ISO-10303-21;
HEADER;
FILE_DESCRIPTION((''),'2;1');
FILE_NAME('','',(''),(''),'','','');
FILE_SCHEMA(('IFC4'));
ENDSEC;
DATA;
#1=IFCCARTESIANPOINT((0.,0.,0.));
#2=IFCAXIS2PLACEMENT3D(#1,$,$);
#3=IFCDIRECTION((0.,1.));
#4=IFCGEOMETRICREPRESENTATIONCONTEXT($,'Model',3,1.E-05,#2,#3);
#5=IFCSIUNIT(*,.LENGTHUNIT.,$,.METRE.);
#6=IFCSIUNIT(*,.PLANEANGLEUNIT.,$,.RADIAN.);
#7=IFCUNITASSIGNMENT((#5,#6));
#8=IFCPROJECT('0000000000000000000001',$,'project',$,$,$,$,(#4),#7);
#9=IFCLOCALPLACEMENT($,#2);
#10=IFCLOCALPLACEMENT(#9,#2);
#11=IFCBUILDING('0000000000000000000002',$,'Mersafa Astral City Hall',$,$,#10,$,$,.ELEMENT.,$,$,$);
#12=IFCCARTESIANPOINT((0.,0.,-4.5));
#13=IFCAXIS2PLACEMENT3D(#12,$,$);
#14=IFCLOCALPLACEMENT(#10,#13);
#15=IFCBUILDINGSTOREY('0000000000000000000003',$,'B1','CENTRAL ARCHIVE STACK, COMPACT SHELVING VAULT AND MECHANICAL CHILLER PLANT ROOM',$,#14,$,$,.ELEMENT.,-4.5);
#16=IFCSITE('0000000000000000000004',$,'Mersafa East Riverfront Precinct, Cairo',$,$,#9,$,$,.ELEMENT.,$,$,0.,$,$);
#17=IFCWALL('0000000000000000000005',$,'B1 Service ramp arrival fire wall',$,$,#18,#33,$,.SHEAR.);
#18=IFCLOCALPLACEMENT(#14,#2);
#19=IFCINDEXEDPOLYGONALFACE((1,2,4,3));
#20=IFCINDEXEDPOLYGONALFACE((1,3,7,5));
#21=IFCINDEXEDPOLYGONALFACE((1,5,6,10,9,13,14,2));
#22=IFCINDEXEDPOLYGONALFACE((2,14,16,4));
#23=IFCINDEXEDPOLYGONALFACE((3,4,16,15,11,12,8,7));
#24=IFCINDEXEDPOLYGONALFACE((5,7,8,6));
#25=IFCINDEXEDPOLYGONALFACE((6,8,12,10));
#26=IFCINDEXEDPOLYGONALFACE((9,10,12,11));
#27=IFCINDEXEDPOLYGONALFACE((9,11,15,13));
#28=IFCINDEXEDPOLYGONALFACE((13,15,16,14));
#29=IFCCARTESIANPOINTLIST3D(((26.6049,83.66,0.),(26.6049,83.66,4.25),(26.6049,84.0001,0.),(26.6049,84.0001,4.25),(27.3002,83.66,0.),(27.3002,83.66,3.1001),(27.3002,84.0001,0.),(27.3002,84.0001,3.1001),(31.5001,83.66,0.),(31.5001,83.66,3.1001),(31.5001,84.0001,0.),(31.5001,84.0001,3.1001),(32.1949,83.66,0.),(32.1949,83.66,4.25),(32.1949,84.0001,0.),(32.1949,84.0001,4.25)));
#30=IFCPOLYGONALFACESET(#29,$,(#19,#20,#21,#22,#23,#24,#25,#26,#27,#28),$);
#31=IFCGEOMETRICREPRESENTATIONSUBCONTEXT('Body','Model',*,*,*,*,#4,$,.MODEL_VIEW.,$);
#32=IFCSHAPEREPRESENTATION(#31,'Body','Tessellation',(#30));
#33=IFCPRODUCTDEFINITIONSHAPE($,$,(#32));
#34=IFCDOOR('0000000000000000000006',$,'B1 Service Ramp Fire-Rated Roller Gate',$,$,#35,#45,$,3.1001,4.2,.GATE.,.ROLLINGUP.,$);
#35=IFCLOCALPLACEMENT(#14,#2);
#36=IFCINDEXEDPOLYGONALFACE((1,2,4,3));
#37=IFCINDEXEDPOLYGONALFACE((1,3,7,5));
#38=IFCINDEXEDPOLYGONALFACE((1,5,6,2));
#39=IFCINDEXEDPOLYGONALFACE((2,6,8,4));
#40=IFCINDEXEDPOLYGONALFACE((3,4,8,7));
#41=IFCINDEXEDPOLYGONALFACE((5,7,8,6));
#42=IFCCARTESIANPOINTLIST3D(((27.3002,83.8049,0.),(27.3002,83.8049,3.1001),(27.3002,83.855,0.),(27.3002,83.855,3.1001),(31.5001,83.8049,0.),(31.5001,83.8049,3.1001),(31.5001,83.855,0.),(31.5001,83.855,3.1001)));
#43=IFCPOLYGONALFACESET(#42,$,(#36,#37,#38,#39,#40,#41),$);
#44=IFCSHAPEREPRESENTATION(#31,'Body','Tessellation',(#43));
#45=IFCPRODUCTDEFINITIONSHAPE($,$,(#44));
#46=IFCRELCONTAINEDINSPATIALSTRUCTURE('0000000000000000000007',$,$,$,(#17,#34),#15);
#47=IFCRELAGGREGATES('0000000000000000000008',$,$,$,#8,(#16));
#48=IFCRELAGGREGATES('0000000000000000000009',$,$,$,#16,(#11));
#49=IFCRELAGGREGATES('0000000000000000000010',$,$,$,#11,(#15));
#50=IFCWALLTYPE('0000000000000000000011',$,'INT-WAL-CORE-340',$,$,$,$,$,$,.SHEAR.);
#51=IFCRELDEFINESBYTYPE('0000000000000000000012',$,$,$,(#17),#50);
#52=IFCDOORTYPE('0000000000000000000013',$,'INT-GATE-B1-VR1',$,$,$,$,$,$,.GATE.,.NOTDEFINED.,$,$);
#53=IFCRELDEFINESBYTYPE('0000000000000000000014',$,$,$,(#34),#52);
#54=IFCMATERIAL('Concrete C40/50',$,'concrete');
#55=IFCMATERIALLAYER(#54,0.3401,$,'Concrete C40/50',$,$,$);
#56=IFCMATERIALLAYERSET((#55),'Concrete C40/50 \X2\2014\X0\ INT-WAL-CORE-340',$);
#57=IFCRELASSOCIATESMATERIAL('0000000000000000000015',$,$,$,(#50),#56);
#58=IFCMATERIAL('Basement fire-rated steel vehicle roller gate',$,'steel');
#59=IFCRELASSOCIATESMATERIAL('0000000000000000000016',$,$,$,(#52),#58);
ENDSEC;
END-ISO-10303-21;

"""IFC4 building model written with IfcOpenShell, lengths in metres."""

from ifc_helpers import new_model, si_unit, direction, frame, frame_2d, origin, place, context, subcontext, project, spatial, rectangle, extrude, material, layer, layer_set, type_object, element, fill, save


model = new_model("IFC4")

# Units and contexts
model_context = context("Model", 3, precision=1e-05, world=origin(), true_north=direction((0.0, 1.0)))
body_context = subcontext(model_context, "Body", "Model", "MODEL_VIEW")
ifc_project = project(units=[si_unit("LENGTHUNIT", "METRE"), si_unit("PLANEANGLEUNIT", "RADIAN")], contexts=[model_context])

# Site, building, storey
site_placement = place(None, origin())
site = spatial("IfcSite", under=ifc_project, at=site_placement, Name="Mersafa East Riverfront Precinct, Cairo", CompositionType="ELEMENT", RefElevation=0.0)
building_placement = place(site_placement, origin())
building = spatial("IfcBuilding", under=site, at=building_placement, Name="Mersafa Astral City Hall", CompositionType="ELEMENT")
storey_placement = place(building_placement, frame((0.0, 0.0, -4.5)))
storey = spatial("IfcBuildingStorey", under=building, at=storey_placement, Name="B1", Description="CENTRAL ARCHIVE STACK, COMPACT SHELVING VAULT AND MECHANICAL CHILLER PLANT ROOM", CompositionType="ELEMENT", Elevation=-4.5)

# Shared definitions
ifc_material_1 = material(Name="Concrete C40/50", Category="concrete")

# Shared definitions
ifc_layer_1 = layer(ifc_material_1, 0.3401, Name="Concrete C40/50")
ifc_layer_set_1 = layer_set([ifc_layer_1], Name="Concrete C40/50 — INT-WAL-CORE-340")
wall_type_1 = type_object("IfcWallType", Name="INT-WAL-CORE-340", PredefinedType="SHEAR", material=ifc_layer_set_1)

# Wall, opening, door
wall_1_placement = place(storey_placement, frame((26.605, 83.8301, 0.0), z_axis=(0.0, 0.0, 1.0), x_axis=(1.0, 0.0, 0.0)))
wall_1 = element("IfcWall", 1, at=wall_1_placement, inside=storey, type_object=wall_type_1, Name="B1 Service ramp arrival fire wall", PredefinedType="SHEAR", context=body_context, shape_type="SweptSolid", body=[
    extrude(rectangle(XDim=5.5901, YDim=0.3401, at=frame_2d((2.7949, 0.0))), origin(), (0.0, 0.0, 1.0), 4.25),
])
opening_placement = place(wall_1_placement, frame((0.6951, 0.0, 0.0)))
opening = element("IfcOpeningElement", 2, at=opening_placement, cuts=wall_1, PredefinedType="OPENING", context=body_context, shape_type="SweptSolid", body=[
    extrude(rectangle(XDim=4.2, YDim=3.1001, at=frame_2d((2.1001, 1.55))), frame((0.0, 0.1799, 0.0), z_axis=(0.0, -1.0, 0.0), x_axis=(1.0, 0.0, 0.0)), (0.0, 0.0, 1.0), 0.3601),
])
ifc_material_2 = material(Name="Basement fire-rated steel vehicle roller gate", Category="steel")
door_type = type_object("IfcDoorType", Name="INT-GATE-B1-VR1", OperationType="NOTDEFINED", PredefinedType="GATE", material=ifc_material_2)
door_placement = place(opening_placement, origin())
door = element("IfcDoor", 3, at=door_placement, inside=storey, type_object=door_type, Name="B1 Service Ramp Fire-Rated Roller Gate", OperationType="ROLLINGUP", OverallHeight=3.1001, OverallWidth=4.2, PredefinedType="GATE", context=body_context, shape_type="SweptSolid", body=[
    extrude(rectangle(XDim=4.2, YDim=3.1001, at=frame_2d((2.1001, 1.55))), frame((0.0, 0.0249, 0.0), z_axis=(0.0, -1.0, 0.0), x_axis=(1.0, 0.0, 0.0)), (0.0, 0.0, 1.0), 0.05),
])
fill(opening, door)

save(model, "model.ifc")
